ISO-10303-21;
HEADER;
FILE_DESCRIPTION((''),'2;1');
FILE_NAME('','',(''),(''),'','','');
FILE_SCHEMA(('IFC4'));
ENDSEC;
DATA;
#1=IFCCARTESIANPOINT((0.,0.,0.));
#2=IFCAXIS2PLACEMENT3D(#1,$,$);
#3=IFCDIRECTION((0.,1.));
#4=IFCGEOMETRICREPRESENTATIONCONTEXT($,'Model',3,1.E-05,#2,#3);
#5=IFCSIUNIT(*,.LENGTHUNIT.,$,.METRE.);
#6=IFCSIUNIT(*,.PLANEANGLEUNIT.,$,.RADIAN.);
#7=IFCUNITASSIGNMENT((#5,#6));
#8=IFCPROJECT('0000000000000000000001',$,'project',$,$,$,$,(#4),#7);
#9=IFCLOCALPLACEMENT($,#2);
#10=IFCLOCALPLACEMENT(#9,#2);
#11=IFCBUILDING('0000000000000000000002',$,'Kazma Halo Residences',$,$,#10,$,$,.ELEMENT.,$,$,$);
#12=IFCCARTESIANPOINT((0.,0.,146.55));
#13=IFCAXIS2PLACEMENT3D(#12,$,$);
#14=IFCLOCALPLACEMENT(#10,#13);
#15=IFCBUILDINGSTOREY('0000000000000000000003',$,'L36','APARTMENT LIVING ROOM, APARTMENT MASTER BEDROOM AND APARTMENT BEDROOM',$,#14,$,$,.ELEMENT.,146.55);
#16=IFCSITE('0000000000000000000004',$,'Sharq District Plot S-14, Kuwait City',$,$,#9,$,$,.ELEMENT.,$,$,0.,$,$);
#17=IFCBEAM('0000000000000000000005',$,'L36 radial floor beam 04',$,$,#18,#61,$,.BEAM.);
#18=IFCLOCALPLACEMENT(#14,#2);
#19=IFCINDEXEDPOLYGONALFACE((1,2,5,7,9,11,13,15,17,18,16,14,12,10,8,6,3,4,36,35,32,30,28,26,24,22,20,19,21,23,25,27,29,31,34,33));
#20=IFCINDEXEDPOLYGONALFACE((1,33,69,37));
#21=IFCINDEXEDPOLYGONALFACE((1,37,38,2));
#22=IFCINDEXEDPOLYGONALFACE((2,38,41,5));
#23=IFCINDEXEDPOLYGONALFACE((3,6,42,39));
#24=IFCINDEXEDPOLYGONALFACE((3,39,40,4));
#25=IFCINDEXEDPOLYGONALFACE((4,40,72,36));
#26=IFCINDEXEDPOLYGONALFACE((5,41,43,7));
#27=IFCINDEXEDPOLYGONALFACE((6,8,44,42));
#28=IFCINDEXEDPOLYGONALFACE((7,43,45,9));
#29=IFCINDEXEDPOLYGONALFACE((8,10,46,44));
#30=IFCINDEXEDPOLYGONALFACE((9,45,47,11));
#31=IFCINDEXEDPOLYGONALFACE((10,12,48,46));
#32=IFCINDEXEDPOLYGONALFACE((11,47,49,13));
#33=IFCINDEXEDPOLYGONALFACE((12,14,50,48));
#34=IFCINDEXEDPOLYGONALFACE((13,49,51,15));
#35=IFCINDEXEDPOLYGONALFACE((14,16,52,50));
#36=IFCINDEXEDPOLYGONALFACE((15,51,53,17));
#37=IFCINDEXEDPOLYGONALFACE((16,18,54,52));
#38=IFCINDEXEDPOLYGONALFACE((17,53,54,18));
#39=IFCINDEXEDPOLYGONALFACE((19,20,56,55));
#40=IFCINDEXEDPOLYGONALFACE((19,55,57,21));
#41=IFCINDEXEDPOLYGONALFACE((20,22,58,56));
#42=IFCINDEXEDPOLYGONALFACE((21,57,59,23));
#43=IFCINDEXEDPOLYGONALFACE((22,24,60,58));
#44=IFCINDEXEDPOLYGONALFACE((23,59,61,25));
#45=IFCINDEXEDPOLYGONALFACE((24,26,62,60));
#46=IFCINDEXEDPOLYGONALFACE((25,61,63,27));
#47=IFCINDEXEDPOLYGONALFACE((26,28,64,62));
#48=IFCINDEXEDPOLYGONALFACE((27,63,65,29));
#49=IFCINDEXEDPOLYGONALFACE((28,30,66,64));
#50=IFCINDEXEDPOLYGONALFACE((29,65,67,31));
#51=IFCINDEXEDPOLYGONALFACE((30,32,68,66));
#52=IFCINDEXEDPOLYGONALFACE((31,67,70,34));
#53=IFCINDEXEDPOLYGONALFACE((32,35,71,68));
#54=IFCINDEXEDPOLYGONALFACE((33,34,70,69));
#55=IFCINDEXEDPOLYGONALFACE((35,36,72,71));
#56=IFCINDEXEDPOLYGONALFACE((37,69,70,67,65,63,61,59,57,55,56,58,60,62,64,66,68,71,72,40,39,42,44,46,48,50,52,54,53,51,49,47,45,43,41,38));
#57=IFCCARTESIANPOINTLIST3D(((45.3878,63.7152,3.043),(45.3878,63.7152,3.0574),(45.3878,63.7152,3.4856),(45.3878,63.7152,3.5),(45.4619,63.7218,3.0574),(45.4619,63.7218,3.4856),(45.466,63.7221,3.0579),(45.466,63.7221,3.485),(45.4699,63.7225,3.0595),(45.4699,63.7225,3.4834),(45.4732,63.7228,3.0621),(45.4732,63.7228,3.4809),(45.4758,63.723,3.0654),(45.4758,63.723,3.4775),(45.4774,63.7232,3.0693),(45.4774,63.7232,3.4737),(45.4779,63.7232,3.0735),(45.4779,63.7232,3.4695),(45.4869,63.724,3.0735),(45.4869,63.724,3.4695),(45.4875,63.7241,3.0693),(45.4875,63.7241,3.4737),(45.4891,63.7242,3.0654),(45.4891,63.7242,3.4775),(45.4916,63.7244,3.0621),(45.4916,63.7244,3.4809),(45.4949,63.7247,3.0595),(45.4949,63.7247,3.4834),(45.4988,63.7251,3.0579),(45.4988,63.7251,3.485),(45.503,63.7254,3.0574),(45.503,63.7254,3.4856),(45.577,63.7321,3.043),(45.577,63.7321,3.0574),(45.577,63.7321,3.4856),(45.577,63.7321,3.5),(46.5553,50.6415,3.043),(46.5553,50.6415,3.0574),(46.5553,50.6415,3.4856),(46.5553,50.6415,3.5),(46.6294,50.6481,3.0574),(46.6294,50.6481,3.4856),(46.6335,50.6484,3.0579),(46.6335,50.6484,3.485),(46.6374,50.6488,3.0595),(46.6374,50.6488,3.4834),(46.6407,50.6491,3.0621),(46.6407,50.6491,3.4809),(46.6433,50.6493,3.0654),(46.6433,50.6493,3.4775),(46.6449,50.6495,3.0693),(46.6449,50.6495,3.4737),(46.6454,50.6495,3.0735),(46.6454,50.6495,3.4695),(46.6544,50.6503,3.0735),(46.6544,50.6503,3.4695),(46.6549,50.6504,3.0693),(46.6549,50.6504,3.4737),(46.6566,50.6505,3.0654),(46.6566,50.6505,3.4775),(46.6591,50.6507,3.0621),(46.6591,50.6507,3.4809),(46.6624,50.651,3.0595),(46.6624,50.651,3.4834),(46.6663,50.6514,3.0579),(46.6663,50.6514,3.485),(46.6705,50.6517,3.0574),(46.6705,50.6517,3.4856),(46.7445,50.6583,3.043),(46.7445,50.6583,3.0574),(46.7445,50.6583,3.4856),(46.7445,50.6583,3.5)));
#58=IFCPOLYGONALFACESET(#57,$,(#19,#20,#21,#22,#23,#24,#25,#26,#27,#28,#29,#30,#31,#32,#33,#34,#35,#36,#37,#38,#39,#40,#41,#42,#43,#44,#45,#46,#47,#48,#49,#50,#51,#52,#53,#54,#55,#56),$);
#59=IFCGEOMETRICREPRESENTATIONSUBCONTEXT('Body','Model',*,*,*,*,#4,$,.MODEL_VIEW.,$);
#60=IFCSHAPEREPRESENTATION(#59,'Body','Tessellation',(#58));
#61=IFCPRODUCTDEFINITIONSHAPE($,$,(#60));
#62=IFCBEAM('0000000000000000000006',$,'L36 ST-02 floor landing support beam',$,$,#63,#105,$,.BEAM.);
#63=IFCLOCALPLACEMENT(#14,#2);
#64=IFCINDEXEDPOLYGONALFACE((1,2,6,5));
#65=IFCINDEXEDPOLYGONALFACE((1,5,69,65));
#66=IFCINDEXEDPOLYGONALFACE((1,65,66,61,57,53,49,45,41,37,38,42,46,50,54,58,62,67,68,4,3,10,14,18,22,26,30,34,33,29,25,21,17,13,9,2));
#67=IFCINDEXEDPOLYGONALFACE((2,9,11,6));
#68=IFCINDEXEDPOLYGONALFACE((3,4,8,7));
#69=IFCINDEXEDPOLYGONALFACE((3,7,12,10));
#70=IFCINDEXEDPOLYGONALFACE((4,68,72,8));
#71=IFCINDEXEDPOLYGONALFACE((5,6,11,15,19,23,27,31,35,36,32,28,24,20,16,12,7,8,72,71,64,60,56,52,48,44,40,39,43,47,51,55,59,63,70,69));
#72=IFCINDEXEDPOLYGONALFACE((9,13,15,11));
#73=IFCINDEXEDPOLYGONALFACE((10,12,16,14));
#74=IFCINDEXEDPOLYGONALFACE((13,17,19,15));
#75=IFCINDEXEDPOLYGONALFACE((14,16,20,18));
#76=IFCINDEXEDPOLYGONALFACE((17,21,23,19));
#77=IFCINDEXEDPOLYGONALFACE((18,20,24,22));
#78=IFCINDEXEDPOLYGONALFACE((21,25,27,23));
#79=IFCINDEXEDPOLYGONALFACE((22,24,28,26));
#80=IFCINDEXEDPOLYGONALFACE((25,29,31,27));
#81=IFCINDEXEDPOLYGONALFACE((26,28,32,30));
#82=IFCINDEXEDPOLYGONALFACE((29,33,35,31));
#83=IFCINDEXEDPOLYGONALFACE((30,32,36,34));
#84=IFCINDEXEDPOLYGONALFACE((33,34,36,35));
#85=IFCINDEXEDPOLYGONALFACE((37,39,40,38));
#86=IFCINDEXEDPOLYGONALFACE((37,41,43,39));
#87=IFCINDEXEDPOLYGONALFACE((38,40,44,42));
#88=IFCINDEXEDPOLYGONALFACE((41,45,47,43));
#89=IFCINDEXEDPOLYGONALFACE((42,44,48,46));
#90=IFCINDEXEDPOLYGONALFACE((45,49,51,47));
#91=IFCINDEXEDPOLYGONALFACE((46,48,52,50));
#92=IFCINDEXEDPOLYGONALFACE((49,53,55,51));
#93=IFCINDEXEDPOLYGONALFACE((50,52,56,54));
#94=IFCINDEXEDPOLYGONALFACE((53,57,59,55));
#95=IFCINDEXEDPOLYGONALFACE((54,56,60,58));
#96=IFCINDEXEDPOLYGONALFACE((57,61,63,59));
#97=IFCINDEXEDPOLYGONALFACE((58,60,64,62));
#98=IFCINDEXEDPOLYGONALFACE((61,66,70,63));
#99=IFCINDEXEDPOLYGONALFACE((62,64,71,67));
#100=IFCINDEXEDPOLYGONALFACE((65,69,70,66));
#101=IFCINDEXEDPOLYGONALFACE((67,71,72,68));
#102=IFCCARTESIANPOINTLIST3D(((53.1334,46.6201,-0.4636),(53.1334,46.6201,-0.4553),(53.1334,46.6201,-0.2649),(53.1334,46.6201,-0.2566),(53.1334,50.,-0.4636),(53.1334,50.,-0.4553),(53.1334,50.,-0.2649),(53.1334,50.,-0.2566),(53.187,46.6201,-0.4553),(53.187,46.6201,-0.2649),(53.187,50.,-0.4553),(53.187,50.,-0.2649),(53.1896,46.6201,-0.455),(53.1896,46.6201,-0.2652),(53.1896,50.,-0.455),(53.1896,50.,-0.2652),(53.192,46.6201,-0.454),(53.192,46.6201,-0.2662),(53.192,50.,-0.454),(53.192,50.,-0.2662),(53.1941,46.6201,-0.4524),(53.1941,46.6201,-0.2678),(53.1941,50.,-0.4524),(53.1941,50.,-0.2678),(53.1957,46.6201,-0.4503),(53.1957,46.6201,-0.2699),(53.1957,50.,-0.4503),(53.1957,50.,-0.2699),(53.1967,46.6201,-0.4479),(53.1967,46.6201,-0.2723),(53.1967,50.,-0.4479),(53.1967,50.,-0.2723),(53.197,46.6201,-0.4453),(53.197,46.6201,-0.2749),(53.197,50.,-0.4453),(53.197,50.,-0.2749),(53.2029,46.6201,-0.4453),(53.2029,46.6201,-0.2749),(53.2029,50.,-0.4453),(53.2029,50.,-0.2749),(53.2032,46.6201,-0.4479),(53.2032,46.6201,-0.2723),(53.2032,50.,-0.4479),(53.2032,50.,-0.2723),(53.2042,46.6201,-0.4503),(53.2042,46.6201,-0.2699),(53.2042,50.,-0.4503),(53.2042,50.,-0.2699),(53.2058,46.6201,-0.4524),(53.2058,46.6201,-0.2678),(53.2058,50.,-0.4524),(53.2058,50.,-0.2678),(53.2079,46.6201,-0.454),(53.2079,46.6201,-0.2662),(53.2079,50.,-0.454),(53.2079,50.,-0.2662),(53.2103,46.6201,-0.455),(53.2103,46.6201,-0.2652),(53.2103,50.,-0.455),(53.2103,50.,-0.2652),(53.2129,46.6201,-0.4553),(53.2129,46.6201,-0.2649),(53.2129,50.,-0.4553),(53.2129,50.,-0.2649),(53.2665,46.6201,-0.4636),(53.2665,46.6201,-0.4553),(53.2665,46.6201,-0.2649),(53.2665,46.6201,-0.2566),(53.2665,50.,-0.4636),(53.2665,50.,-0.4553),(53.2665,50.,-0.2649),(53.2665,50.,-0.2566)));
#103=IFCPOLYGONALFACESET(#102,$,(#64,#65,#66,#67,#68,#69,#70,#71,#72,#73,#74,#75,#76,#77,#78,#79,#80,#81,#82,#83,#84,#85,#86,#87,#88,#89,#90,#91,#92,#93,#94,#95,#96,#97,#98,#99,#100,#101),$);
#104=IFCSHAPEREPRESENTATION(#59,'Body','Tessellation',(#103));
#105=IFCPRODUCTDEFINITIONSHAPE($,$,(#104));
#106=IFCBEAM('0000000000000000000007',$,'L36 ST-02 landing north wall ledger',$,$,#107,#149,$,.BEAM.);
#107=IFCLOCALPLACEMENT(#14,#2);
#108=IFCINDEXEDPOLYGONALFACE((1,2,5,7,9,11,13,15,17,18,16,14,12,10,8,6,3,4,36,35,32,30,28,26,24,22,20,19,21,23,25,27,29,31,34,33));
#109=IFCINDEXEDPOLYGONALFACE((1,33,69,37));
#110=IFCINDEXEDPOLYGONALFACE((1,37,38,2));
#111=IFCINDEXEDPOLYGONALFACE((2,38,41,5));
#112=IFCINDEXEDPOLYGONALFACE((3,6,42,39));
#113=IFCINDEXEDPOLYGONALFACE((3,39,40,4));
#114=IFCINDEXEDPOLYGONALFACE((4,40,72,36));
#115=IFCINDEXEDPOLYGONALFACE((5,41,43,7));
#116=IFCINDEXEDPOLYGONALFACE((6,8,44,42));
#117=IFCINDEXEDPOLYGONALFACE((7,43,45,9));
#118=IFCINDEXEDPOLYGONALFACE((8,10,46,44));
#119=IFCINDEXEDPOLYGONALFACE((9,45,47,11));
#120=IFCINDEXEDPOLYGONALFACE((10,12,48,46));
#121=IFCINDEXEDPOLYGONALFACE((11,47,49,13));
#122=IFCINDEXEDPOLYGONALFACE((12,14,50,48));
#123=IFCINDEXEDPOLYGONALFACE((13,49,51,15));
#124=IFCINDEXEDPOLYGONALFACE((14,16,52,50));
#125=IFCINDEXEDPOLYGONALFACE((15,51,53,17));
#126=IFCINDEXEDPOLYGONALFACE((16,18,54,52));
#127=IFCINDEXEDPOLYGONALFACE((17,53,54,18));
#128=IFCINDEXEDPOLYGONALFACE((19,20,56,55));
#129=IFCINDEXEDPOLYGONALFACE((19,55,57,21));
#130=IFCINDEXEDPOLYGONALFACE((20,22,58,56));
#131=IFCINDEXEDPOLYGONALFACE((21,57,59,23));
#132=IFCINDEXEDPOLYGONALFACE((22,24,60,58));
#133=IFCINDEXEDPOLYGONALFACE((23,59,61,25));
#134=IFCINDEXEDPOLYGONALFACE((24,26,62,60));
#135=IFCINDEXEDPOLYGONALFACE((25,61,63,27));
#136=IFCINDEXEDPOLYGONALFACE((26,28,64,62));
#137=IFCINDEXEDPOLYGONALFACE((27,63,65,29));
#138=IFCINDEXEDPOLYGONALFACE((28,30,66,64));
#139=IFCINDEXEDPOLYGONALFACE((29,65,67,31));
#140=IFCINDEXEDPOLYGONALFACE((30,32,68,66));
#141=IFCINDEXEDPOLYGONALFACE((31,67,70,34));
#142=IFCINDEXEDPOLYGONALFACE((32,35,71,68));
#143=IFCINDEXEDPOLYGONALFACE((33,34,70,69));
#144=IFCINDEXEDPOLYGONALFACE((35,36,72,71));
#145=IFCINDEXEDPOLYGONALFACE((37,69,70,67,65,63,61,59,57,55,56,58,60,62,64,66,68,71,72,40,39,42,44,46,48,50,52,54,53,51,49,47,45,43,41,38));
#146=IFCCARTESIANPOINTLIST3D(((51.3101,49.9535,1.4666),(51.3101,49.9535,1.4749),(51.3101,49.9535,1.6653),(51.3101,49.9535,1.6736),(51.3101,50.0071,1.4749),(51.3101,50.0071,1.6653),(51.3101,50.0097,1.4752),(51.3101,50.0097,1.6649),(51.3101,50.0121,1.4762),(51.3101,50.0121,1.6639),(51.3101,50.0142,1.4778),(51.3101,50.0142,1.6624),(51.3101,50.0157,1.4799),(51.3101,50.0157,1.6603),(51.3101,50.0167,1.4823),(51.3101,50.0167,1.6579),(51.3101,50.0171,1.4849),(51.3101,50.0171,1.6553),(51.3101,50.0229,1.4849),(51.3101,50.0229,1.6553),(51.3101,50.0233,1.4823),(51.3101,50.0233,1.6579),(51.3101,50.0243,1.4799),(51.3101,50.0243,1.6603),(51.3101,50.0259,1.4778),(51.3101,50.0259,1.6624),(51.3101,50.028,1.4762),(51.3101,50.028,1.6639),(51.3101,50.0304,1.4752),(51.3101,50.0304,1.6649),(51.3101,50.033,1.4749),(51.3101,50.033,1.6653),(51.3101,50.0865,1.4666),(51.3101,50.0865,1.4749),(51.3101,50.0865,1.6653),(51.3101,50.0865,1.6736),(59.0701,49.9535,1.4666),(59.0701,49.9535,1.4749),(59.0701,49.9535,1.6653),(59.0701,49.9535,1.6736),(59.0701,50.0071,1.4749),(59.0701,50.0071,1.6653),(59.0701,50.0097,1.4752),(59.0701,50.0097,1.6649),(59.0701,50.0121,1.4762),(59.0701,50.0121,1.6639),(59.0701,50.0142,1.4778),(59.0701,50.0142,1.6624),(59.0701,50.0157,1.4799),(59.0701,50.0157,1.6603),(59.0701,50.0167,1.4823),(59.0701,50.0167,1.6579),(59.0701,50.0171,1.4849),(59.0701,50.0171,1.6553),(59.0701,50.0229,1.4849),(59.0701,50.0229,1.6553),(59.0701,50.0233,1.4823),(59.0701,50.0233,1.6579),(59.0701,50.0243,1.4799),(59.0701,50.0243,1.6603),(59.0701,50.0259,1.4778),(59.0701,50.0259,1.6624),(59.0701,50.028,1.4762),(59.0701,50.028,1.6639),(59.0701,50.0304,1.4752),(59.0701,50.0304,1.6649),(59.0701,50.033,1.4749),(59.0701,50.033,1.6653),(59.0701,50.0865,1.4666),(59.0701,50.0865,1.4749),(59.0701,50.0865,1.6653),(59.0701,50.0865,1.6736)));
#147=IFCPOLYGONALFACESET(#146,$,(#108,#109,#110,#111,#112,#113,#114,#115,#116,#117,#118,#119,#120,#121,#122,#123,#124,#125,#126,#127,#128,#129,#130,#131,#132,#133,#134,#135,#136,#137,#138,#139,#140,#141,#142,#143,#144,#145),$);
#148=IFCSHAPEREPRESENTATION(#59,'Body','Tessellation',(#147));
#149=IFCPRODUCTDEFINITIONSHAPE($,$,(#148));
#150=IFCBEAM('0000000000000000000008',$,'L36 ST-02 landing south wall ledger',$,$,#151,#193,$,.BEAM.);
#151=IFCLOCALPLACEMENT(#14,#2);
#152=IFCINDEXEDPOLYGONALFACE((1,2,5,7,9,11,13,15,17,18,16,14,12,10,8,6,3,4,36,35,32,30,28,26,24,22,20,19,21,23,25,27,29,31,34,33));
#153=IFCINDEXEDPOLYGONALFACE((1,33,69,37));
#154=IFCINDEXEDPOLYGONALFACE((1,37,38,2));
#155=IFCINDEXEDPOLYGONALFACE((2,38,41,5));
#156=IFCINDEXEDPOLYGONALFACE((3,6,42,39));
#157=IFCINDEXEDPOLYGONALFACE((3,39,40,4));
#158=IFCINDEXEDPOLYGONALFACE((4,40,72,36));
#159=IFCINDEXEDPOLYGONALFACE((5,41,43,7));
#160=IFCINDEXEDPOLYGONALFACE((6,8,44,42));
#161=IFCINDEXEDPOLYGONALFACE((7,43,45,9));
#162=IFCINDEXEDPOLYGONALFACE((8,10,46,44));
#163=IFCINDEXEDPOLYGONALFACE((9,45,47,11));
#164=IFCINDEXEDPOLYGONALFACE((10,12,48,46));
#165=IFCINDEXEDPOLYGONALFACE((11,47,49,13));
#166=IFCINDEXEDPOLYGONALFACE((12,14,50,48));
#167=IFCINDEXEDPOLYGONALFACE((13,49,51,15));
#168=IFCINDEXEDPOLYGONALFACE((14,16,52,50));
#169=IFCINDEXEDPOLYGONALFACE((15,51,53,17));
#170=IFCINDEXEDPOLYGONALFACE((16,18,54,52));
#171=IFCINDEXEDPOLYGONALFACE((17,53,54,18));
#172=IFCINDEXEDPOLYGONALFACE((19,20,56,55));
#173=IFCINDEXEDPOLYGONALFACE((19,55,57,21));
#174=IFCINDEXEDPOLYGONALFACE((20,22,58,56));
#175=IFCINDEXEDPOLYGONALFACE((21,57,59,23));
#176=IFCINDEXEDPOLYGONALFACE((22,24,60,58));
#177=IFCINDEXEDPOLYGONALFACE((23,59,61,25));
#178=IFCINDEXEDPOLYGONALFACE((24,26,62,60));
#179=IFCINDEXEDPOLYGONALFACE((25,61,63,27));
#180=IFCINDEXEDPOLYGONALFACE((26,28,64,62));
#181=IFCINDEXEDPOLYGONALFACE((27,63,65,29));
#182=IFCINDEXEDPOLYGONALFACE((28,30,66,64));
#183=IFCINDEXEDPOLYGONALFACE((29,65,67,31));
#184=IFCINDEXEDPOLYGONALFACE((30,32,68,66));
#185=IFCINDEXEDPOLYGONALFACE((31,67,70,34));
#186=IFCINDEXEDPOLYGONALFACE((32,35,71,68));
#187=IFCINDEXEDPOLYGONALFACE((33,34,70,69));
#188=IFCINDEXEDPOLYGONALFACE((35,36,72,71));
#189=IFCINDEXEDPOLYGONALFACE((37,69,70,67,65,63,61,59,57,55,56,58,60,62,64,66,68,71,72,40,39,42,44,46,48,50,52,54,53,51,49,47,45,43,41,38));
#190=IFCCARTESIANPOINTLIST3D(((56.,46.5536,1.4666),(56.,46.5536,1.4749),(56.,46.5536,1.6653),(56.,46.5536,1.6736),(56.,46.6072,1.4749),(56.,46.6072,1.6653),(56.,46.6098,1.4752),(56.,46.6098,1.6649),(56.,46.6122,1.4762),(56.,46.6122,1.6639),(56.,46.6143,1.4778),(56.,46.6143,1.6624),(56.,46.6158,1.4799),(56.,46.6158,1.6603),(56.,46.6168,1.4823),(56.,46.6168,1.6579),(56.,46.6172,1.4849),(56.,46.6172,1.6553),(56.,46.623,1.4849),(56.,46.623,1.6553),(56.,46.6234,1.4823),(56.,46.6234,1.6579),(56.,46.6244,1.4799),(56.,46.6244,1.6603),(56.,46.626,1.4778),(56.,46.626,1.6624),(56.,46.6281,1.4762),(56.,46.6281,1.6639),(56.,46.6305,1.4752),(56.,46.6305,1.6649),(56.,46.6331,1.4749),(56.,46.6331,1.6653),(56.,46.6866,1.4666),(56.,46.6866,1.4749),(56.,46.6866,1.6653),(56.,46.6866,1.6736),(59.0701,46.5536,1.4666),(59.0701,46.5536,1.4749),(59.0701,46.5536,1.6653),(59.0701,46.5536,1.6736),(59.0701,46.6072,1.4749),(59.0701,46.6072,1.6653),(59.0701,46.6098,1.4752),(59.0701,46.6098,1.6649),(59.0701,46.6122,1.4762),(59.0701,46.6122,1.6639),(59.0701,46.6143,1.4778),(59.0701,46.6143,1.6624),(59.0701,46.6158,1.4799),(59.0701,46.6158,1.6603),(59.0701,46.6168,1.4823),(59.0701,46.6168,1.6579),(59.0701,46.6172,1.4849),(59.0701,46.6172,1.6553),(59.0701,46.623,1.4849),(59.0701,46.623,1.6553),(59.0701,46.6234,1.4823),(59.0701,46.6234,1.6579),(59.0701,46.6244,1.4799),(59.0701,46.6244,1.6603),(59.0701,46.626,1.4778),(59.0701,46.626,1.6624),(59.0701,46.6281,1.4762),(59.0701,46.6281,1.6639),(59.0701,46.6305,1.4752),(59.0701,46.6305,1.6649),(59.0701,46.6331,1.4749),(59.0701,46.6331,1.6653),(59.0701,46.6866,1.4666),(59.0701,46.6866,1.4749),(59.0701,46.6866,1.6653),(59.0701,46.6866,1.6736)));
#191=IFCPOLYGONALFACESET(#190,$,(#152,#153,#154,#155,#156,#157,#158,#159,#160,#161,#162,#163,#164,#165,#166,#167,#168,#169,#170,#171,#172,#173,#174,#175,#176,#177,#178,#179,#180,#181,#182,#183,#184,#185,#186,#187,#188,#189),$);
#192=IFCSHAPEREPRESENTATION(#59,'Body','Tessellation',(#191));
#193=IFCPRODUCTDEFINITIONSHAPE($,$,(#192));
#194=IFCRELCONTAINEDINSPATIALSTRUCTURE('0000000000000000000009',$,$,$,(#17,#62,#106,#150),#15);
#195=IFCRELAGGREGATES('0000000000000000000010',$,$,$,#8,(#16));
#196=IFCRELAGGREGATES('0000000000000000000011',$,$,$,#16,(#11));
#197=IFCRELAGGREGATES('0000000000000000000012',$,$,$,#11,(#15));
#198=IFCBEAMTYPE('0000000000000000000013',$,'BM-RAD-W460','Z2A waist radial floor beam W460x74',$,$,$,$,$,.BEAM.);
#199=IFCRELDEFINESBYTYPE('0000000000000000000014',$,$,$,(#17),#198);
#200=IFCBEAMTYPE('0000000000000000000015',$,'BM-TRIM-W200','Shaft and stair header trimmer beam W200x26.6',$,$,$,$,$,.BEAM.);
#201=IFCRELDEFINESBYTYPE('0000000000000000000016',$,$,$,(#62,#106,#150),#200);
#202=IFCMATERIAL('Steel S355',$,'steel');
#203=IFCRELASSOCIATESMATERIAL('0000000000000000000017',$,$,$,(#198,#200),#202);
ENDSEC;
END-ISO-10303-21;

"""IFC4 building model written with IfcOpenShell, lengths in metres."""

from ifc_helpers import new_model, si_unit, direction, frame, origin, origin_2d, place, context, subcontext, project, spatial, i_section, extrude, material, material_profile, profile_set, type_object, element, save


model = new_model("IFC4")

# Units and contexts
model_context = context("Model", 3, precision=1e-05, world=origin(), true_north=direction((0.0, 1.0)))
body_context = subcontext(model_context, "Body", "Model", "MODEL_VIEW")
ifc_project = project(units=[si_unit("LENGTHUNIT", "METRE"), si_unit("PLANEANGLEUNIT", "RADIAN")], contexts=[model_context])

# Site, building, storey
site_placement = place(None, origin())
site = spatial("IfcSite", under=ifc_project, at=site_placement, Name="Sharq District Plot S-14, Kuwait City", CompositionType="ELEMENT", RefElevation=0.0)
building_placement = place(site_placement, origin())
building = spatial("IfcBuilding", under=site, at=building_placement, Name="Kazma Halo Residences", CompositionType="ELEMENT")
storey_placement = place(building_placement, frame((0.0, 0.0, 146.55)))
storey = spatial("IfcBuildingStorey", under=building, at=storey_placement, Name="L36", Description="APARTMENT LIVING ROOM, APARTMENT MASTER BEDROOM AND APARTMENT BEDROOM", CompositionType="ELEMENT", Elevation=146.55)

# Shared definitions
ifc_material_1 = material(Name="Steel S355", Category="steel")

# Beams
ifc_material_profile_1 = material_profile(ifc_material_1, i_section(OverallWidth=0.1899, OverallDepth=0.457, WebThickness=0.009, FlangeThickness=0.0144, FilletRadius=0.0161, at=origin_2d()), Name="W460x74")
ifc_profile_set_1 = profile_set([ifc_material_profile_1], Name="Steel S355")
beam_type_1 = type_object("IfcBeamType", Name="BM-RAD-W460", Description="Z2A waist radial floor beam W460x74", PredefinedType="BEAM", material=ifc_profile_set_1)
beam_1_placement = place(storey_placement, frame((46.6499, 50.6499, 3.2715), z_axis=(-0.088946, 0.996036, 0.0), x_axis=(-0.996036, -0.088946, 0.0)))
element("IfcBeam", 1, at=beam_1_placement, inside=storey, type_object=beam_type_1, Name="L36 radial floor beam 04", PredefinedType="BEAM", context=body_context, shape_type="SweptSolid", body=[
    extrude(i_section(OverallWidth=0.1899, OverallDepth=0.457, WebThickness=0.009, FlangeThickness=0.0144, FilletRadius=0.0161, at=origin_2d()), origin(), (0.0, 0.0, 1.0), 13.1257),
])
ifc_material_profile_2 = material_profile(ifc_material_1, i_section(OverallWidth=0.1331, OverallDepth=0.207, WebThickness=0.0059, FlangeThickness=0.0083, FilletRadius=0.01, at=origin_2d()), Name="W200x26.6")
ifc_profile_set_2 = profile_set([ifc_material_profile_2], Name="Steel S355")
beam_type_2 = type_object("IfcBeamType", Name="BM-TRIM-W200", Description="Shaft and stair header trimmer beam W200x26.6", PredefinedType="BEAM", material=ifc_profile_set_2)
beam_2_placement = place(storey_placement, frame((53.2, 46.6201, -0.3601), z_axis=(0.0, 1.0, 0.0), x_axis=(-1.0, 0.0, 0.0)))
element("IfcBeam", 2, at=beam_2_placement, inside=storey, type_object=beam_type_2, Name="L36 ST-02 floor landing support beam", PredefinedType="BEAM", context=body_context, shape_type="SweptSolid", body=[
    extrude(i_section(OverallWidth=0.1331, OverallDepth=0.207, WebThickness=0.0059, FlangeThickness=0.0083, FilletRadius=0.01, at=origin_2d()), origin(), (0.0, 0.0, 1.0), 3.3799),
])
beam_3_placement = place(storey_placement, frame((51.3101, 50.02, 1.5701), z_axis=(1.0, 0.0, 0.0), x_axis=(0.0, 1.0, 0.0)))
element("IfcBeam", 3, at=beam_3_placement, inside=storey, type_object=beam_type_2, Name="L36 ST-02 landing north wall ledger", PredefinedType="BEAM", context=body_context, shape_type="SweptSolid", body=[
    extrude(i_section(OverallWidth=0.1331, OverallDepth=0.207, WebThickness=0.0059, FlangeThickness=0.0083, FilletRadius=0.01, at=origin_2d()), origin(), (0.0, 0.0, 1.0), 7.76),
])
beam_4_placement = place(storey_placement, frame((56.0, 46.6201, 1.5701), z_axis=(1.0, 0.0, 0.0), x_axis=(0.0, 1.0, 0.0)))
element("IfcBeam", 4, at=beam_4_placement, inside=storey, type_object=beam_type_2, Name="L36 ST-02 landing south wall ledger", PredefinedType="BEAM", context=body_context, shape_type="SweptSolid", body=[
    extrude(i_section(OverallWidth=0.1331, OverallDepth=0.207, WebThickness=0.0059, FlangeThickness=0.0083, FilletRadius=0.01, at=origin_2d()), origin(), (0.0, 0.0, 1.0), 3.0701),
])

save(model, "model.ifc")
